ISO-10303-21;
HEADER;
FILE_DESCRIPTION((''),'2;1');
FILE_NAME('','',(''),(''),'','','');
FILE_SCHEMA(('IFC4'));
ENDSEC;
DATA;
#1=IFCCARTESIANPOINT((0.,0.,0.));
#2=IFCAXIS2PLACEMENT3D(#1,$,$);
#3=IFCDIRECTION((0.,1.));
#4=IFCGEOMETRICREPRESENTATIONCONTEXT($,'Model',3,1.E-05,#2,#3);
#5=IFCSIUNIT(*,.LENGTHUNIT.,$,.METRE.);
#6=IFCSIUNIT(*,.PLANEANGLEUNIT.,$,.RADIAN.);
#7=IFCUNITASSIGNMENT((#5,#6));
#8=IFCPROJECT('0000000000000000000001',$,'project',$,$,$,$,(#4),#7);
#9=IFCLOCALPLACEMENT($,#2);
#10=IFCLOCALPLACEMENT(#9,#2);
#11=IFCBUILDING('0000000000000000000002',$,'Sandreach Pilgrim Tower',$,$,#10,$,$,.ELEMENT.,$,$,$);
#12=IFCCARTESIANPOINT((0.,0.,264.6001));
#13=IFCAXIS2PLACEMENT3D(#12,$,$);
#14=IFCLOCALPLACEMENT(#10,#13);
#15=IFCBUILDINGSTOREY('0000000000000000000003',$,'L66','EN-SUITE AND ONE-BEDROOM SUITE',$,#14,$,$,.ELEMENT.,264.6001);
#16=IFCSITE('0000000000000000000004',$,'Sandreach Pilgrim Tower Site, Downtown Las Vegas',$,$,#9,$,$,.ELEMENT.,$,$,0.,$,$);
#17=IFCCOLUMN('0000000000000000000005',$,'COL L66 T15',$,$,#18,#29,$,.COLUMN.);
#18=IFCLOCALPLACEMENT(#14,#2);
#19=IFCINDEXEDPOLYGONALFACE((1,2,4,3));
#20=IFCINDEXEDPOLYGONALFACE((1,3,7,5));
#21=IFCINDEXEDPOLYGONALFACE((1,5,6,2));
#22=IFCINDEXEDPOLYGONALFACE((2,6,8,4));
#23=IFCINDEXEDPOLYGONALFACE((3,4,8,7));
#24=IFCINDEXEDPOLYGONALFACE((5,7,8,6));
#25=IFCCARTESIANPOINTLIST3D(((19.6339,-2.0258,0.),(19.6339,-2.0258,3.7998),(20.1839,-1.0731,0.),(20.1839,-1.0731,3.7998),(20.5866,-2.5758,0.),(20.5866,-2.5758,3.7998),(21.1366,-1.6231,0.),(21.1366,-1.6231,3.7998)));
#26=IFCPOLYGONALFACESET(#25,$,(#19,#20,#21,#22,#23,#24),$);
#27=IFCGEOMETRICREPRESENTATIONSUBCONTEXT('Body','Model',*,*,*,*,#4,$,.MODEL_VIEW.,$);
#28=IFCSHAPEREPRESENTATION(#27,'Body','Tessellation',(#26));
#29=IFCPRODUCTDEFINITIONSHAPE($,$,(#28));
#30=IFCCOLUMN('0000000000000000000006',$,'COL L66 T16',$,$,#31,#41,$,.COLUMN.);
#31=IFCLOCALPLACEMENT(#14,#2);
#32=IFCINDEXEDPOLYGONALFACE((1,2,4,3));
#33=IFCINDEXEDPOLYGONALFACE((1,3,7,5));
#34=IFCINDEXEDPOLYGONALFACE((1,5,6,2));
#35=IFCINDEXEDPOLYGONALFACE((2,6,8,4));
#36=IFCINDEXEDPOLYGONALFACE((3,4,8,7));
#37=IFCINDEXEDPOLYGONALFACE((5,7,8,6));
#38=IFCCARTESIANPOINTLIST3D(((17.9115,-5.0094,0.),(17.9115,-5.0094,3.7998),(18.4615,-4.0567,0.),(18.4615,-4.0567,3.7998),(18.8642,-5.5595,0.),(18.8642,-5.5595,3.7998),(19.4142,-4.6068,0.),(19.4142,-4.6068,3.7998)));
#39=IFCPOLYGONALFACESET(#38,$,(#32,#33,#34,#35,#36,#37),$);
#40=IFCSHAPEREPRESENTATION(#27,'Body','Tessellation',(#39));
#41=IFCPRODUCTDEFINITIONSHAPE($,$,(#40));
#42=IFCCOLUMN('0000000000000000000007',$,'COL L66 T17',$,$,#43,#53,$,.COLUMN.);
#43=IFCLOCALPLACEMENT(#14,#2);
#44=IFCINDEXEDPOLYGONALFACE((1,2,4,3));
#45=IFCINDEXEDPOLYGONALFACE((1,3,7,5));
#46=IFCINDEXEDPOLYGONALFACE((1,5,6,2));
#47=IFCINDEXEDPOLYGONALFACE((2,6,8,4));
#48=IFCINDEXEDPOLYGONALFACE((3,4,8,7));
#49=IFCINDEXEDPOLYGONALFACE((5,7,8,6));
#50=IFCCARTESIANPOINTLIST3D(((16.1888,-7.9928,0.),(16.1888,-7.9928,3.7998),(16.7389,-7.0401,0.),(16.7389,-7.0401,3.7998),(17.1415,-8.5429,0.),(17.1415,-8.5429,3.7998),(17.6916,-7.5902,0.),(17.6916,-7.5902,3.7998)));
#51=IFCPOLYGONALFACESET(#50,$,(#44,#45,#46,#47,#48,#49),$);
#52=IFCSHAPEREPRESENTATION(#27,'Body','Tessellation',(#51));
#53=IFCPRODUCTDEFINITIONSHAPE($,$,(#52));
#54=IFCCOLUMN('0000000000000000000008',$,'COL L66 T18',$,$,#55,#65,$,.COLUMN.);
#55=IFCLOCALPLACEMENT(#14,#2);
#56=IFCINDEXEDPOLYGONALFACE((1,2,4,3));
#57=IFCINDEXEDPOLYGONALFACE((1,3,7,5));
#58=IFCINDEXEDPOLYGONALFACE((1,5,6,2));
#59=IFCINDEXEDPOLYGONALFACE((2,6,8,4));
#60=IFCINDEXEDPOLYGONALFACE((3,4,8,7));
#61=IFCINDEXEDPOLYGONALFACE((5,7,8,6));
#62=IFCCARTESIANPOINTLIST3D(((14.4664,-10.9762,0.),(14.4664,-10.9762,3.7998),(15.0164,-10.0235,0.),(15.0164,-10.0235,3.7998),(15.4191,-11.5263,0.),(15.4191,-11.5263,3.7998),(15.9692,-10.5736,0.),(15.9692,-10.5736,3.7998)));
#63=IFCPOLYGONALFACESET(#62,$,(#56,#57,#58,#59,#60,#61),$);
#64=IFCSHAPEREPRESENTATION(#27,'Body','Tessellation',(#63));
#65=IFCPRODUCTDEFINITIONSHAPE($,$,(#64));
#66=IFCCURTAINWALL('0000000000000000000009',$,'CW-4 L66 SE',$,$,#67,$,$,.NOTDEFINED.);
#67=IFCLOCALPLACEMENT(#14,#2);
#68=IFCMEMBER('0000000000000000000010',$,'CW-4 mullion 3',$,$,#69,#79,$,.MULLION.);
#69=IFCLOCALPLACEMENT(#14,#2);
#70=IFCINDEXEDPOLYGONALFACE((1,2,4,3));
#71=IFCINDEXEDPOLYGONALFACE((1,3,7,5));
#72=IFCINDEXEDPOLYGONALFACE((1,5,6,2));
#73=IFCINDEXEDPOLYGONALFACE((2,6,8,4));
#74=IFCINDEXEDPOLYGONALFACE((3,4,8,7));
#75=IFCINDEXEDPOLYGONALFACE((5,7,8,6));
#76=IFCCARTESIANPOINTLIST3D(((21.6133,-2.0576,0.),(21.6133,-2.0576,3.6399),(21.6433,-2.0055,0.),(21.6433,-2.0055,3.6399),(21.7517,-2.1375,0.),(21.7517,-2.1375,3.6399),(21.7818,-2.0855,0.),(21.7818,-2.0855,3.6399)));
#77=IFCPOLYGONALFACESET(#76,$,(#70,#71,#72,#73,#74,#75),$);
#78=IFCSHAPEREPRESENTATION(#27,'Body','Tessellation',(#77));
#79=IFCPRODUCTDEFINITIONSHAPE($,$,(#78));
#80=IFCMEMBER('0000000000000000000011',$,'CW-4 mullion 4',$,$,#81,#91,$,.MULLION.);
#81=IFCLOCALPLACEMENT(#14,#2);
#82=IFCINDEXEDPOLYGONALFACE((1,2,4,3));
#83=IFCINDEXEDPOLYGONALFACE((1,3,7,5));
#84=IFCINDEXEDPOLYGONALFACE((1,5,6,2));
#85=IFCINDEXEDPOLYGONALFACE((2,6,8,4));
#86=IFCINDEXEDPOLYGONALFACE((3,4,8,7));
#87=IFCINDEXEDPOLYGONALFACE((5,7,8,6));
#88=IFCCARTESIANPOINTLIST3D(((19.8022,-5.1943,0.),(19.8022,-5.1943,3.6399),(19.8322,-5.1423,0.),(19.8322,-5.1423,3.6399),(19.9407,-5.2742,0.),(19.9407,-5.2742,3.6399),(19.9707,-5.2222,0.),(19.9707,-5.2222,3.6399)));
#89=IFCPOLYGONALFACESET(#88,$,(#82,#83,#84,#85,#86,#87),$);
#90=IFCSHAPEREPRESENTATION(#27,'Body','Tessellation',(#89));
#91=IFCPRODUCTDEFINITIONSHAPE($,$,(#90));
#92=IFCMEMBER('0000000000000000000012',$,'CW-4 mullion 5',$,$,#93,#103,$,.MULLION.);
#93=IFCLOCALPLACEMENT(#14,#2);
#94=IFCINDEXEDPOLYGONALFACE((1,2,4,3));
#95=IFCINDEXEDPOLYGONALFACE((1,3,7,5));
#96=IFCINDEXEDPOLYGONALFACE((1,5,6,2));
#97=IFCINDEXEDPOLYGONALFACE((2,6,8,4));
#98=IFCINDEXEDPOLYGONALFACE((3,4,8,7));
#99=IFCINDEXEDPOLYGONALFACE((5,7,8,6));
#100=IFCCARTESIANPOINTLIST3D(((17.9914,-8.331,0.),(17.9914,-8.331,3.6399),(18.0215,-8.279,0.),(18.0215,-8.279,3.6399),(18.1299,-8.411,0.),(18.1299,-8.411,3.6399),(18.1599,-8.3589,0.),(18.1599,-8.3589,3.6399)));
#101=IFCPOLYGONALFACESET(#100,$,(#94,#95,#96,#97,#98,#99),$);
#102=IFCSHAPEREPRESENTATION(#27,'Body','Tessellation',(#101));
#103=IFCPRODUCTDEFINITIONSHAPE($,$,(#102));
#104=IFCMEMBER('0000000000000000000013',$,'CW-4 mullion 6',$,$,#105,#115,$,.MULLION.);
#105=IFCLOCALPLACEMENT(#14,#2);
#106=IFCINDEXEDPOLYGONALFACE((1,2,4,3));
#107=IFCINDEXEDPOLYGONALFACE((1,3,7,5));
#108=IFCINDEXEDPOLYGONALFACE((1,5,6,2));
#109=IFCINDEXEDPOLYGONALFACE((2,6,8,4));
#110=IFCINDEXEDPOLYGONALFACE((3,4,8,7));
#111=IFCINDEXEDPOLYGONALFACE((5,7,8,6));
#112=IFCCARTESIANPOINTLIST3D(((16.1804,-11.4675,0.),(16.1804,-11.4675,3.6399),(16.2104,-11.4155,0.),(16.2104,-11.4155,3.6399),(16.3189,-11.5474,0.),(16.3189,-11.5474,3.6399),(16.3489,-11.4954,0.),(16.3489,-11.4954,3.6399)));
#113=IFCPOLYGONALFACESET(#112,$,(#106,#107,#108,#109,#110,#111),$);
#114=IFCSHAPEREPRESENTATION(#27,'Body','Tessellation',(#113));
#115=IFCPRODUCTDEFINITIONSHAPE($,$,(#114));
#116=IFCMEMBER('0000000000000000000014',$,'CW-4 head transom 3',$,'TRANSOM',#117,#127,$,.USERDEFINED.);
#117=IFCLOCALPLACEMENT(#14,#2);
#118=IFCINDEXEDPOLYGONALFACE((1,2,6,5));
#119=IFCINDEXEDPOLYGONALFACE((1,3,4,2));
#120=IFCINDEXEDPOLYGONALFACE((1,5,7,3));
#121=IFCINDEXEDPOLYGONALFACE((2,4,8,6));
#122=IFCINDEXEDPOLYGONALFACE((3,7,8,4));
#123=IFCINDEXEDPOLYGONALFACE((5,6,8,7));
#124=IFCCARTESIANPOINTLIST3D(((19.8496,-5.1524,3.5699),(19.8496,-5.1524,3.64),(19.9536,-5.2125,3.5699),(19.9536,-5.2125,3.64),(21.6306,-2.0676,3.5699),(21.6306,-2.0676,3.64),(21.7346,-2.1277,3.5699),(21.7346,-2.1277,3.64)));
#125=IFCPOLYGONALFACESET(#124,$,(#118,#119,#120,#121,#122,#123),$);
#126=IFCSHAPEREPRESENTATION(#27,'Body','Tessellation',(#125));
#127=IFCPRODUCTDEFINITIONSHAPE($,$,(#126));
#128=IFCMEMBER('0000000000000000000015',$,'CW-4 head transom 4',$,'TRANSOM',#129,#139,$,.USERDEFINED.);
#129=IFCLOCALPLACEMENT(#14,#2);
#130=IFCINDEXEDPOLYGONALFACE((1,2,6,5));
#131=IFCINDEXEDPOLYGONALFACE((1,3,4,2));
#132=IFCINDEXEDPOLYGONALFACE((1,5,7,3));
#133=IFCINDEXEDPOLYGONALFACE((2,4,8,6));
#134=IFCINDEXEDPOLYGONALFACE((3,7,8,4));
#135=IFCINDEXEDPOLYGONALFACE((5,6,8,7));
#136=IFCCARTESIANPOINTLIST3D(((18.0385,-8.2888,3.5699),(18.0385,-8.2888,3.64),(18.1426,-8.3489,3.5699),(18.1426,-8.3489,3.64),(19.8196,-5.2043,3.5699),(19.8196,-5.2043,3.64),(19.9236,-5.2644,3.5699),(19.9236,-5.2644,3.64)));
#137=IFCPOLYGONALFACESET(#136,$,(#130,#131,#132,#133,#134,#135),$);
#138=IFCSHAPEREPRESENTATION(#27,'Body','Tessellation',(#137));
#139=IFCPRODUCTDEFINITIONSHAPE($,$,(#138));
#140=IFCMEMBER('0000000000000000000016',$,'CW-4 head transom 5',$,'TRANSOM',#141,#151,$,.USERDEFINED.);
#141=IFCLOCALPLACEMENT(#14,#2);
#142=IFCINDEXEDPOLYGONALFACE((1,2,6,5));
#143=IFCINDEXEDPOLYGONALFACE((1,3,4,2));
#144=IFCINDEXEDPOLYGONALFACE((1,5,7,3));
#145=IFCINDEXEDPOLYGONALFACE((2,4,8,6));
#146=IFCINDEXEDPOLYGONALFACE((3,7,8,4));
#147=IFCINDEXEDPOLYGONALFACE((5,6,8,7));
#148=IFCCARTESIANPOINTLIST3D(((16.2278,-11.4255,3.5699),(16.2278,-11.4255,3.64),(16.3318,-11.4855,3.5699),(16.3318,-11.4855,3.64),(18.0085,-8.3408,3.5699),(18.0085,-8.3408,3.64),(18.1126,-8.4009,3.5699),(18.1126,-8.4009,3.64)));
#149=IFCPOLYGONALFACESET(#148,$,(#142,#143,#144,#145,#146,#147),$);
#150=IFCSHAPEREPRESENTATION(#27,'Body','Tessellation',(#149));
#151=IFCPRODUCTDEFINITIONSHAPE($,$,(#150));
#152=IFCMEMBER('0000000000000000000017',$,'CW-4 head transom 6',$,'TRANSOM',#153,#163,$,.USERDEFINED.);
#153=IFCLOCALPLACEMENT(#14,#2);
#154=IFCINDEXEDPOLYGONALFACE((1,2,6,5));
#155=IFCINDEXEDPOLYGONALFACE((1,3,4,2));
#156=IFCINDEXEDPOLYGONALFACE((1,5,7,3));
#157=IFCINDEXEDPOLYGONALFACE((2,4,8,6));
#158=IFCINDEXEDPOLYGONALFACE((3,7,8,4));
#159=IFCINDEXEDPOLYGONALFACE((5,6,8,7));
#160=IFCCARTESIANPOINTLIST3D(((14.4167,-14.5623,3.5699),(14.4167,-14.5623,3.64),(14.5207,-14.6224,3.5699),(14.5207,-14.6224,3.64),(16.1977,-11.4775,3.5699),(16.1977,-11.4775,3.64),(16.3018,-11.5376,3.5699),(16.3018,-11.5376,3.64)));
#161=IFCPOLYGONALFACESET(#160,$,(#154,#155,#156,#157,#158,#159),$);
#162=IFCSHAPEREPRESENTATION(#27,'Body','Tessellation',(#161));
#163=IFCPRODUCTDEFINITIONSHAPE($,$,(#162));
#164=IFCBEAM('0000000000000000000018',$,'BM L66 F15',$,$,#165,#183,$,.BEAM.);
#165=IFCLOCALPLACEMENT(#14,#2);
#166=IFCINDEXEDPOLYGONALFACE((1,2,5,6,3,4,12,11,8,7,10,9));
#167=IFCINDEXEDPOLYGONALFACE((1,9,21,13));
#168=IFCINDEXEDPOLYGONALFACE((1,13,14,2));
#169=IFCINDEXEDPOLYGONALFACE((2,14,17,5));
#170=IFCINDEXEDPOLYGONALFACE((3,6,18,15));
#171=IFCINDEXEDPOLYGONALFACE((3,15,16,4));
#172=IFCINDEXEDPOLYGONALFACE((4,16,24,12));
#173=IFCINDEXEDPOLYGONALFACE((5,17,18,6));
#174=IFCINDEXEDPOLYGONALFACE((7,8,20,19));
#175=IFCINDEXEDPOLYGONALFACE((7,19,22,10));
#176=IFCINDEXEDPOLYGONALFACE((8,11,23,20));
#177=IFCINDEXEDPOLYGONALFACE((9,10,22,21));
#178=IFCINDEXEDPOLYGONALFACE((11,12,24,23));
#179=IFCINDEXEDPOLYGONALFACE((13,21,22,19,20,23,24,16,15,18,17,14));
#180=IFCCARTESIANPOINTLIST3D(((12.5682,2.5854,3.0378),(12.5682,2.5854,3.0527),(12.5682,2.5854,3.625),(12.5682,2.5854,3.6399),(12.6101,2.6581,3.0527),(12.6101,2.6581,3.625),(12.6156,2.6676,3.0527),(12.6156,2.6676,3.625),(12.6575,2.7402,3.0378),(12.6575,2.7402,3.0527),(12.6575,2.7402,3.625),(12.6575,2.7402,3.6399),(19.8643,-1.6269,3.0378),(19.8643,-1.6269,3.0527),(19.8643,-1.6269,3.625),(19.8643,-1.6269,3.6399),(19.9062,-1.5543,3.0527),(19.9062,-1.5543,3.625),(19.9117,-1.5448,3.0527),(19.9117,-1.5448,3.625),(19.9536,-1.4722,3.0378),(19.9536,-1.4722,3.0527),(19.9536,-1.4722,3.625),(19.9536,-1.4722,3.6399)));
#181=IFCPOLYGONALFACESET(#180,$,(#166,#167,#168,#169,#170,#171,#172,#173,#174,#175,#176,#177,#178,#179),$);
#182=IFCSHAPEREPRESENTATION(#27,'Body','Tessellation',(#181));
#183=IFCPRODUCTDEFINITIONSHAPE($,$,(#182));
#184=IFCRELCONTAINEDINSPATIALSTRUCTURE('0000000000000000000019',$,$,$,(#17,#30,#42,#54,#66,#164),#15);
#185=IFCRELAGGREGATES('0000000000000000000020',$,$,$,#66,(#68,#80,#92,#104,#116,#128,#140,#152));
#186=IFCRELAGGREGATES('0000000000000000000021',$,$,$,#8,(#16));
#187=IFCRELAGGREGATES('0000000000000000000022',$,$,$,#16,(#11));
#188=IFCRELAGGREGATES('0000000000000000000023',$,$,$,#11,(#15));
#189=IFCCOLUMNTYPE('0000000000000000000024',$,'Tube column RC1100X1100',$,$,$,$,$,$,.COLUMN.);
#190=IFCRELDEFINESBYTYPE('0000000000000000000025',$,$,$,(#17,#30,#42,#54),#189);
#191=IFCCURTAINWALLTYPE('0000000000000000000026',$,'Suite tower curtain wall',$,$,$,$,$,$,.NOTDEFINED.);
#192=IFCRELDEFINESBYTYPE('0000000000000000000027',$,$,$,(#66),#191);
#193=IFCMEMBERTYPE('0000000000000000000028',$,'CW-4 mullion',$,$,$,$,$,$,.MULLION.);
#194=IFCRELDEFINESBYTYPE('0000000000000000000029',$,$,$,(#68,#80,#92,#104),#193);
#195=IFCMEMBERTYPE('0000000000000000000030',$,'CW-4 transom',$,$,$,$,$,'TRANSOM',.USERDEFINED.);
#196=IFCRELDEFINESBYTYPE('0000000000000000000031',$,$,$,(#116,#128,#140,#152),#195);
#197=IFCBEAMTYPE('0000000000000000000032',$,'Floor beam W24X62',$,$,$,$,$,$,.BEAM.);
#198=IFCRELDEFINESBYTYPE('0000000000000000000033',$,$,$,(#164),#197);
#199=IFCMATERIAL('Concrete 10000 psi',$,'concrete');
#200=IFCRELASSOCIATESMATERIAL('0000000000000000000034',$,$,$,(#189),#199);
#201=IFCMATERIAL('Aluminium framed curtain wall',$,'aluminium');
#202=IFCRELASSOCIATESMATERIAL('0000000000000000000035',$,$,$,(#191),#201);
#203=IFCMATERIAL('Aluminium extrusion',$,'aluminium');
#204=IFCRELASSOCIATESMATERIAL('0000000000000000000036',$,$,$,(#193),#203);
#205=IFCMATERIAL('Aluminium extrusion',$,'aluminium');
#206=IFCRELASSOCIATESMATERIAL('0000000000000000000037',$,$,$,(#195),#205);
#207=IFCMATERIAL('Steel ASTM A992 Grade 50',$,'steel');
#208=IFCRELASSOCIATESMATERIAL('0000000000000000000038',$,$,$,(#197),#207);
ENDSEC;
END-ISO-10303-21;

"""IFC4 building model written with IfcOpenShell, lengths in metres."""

from ifc_helpers import new_model, si_unit, direction, frame, origin, origin_2d, place, context, subcontext, project, spatial, rectangle, i_section, extrude, material, material_profile, profile_set, type_object, element, aggregate, save


model = new_model("IFC4")

# Units and contexts
model_context = context("Model", 3, precision=1e-05, world=origin(), true_north=direction((0.0, 1.0)))
body_context = subcontext(model_context, "Body", "Model", "MODEL_VIEW")
ifc_project = project(units=[si_unit("LENGTHUNIT", "METRE"), si_unit("PLANEANGLEUNIT", "RADIAN")], contexts=[model_context])

# Site, building, storey
site_placement = place(None, origin())
site = spatial("IfcSite", under=ifc_project, at=site_placement, Name="Sandreach Pilgrim Tower Site, Downtown Las Vegas", CompositionType="ELEMENT", RefElevation=0.0)
building_placement = place(site_placement, origin())
building = spatial("IfcBuilding", under=site, at=building_placement, Name="Sandreach Pilgrim Tower", CompositionType="ELEMENT")
storey_placement = place(building_placement, frame((0.0, 0.0, 264.6001)))
storey = spatial("IfcBuildingStorey", under=building, at=storey_placement, Name="L66", Description="EN-SUITE AND ONE-BEDROOM SUITE", CompositionType="ELEMENT", Elevation=264.6001)

# Columns
ifc_material_1 = material(Name="Concrete 10000 psi", Category="concrete")
ifc_material_profile_1 = material_profile(ifc_material_1, rectangle(XDim=1.1001, YDim=1.1001, at=origin_2d()), Name="RC1100X1100")
ifc_profile_set_1 = profile_set([ifc_material_profile_1], Name="Concrete 10000 psi")
column_type = type_object("IfcColumnType", Name="Tube column RC1100X1100", PredefinedType="COLUMN", material=ifc_profile_set_1)
for number, where, z_axis, x_axis, name in (
    (1, (20.3853, -1.8245, 0.0), (0.0, 0.0, 1.0), (0.866025, -0.5, 0.0), "COL L66 T15"),
    (2, (18.6628, -4.8081, 0.0), (0.0, 0.0, 1.0), (0.866025, -0.5, 0.0), "COL L66 T16"),
    (3, (16.9402, -7.7915, 0.0), (0.0, 0.0, 1.0), (0.866025, -0.5, 0.0), "COL L66 T17"),
    (4, (15.2178, -10.7749, 0.0), (0.0, 0.0, 1.0), (0.866025, -0.5, 0.0), "COL L66 T18"),
):
    element("IfcColumn", number, at=place(storey_placement, frame(where, z_axis=z_axis, x_axis=x_axis)), inside=storey, type_object=column_type, Name=name, PredefinedType="COLUMN", context=body_context, shape_type="SweptSolid", body=[
        extrude(rectangle(XDim=1.1001, YDim=1.1001, at=origin_2d()), origin(), (0.0, 0.0, 1.0), 3.7998),
    ])

# Curtain wall, members
ifc_material_2 = material(Name="Aluminium framed curtain wall", Category="aluminium")
curtain_wall_type = type_object("IfcCurtainWallType", Name="Suite tower curtain wall", PredefinedType="NOTDEFINED", material=ifc_material_2)
curtain_wall_placement = place(storey_placement, origin())
curtain_wall = element("IfcCurtainWall", 5, at=curtain_wall_placement, inside=storey, type_object=curtain_wall_type, Name="CW-4 L66 SE", PredefinedType="NOTDEFINED")
ifc_material_3 = material(Name="Aluminium extrusion", Category="aluminium")
ifc_material_profile_2 = material_profile(ifc_material_3, rectangle(XDim=0.0601, YDim=0.1599, at=origin_2d()), Name="CW-4M 60X160")
ifc_profile_set_2 = profile_set([ifc_material_profile_2], Name="Aluminium extrusion")
member_type_1 = type_object("IfcMemberType", Name="CW-4 mullion", PredefinedType="MULLION", material=ifc_profile_set_2)
member_1_placement = place(storey_placement, frame((21.6975, -2.0715, 0.0), z_axis=(0.0, 0.0, 1.0), x_axis=(-0.5, -0.866025, 0.0)))
member_1 = element("IfcMember", 6, at=member_1_placement, type_object=member_type_1, Name="CW-4 mullion 3", PredefinedType="MULLION", context=body_context, shape_type="SweptSolid", body=[
    extrude(rectangle(XDim=0.0601, YDim=0.1599, at=origin_2d()), origin(), (0.0, 0.0, 1.0), 3.6399),
])
member_2_placement = place(storey_placement, frame((19.8865, -5.2083, 0.0), z_axis=(0.0, 0.0, 1.0), x_axis=(-0.5, -0.866025, 0.0)))
member_2 = element("IfcMember", 7, at=member_2_placement, type_object=member_type_1, Name="CW-4 mullion 4", PredefinedType="MULLION", context=body_context, shape_type="SweptSolid", body=[
    extrude(rectangle(XDim=0.0601, YDim=0.1599, at=origin_2d()), origin(), (0.0, 0.0, 1.0), 3.6399),
])
member_3_placement = place(storey_placement, frame((18.0757, -8.345, 0.0), z_axis=(0.0, 0.0, 1.0), x_axis=(-0.5, -0.866025, 0.0)))
member_3 = element("IfcMember", 8, at=member_3_placement, type_object=member_type_1, Name="CW-4 mullion 5", PredefinedType="MULLION", context=body_context, shape_type="SweptSolid", body=[
    extrude(rectangle(XDim=0.0601, YDim=0.1599, at=origin_2d()), origin(), (0.0, 0.0, 1.0), 3.6399),
])
member_4_placement = place(storey_placement, frame((16.2646, -11.4814, 0.0), z_axis=(0.0, 0.0, 1.0), x_axis=(-0.5, -0.866025, 0.0)))
member_4 = element("IfcMember", 9, at=member_4_placement, type_object=member_type_1, Name="CW-4 mullion 6", PredefinedType="MULLION", context=body_context, shape_type="SweptSolid", body=[
    extrude(rectangle(XDim=0.0601, YDim=0.1599, at=origin_2d()), origin(), (0.0, 0.0, 1.0), 3.6399),
])
ifc_material_4 = material(Name="Aluminium extrusion", Category="aluminium")
ifc_material_profile_3 = material_profile(ifc_material_4, rectangle(XDim=0.1201, YDim=0.0701, at=origin_2d()), Name="CW-4T 120X70")
ifc_profile_set_3 = profile_set([ifc_material_profile_3], Name="Aluminium extrusion")
member_type_2 = type_object("IfcMemberType", Name="CW-4 transom", ElementType="TRANSOM", PredefinedType="USERDEFINED", material=ifc_profile_set_3)
member_5_placement = place(storey_placement, frame((21.6826, -2.0977, 3.605), z_axis=(-0.500009, -0.86602, 0.0), x_axis=(0.86602, -0.500009, 0.0)))
member_5 = element("IfcMember", 10, at=member_5_placement, type_object=member_type_2, Name="CW-4 head transom 3", ObjectType="TRANSOM", PredefinedType="USERDEFINED", context=body_context, shape_type="SweptSolid", body=[
    extrude(rectangle(XDim=0.1201, YDim=0.0701, at=origin_2d()), origin(), (0.0, 0.0, 1.0), 3.562),
])
member_6_placement = place(storey_placement, frame((19.8716, -5.2344, 3.605), z_axis=(-0.500039, -0.866003, 0.0), x_axis=(0.866003, -0.500039, 0.0)))
member_6 = element("IfcMember", 11, at=member_6_placement, type_object=member_type_2, Name="CW-4 head transom 4", ObjectType="TRANSOM", PredefinedType="USERDEFINED", context=body_context, shape_type="SweptSolid", body=[
    extrude(rectangle(XDim=0.1201, YDim=0.0701, at=origin_2d()), origin(), (0.0, 0.0, 1.0), 3.5618),
])
member_7_placement = place(storey_placement, frame((18.0605, -8.3708, 3.605), z_axis=(-0.499958, -0.86605, 0.0), x_axis=(0.86605, -0.499958, 0.0)))
member_7 = element("IfcMember", 12, at=member_7_placement, type_object=member_type_2, Name="CW-4 head transom 5", ObjectType="TRANSOM", PredefinedType="USERDEFINED", context=body_context, shape_type="SweptSolid", body=[
    extrude(rectangle(XDim=0.1201, YDim=0.0701, at=origin_2d()), origin(), (0.0, 0.0, 1.0), 3.5618),
])
member_8_placement = place(storey_placement, frame((16.2498, -11.5076, 3.605), z_axis=(-0.500009, -0.86602, 0.0), x_axis=(0.86602, -0.500009, 0.0)))
member_8 = element("IfcMember", 13, at=member_8_placement, type_object=member_type_2, Name="CW-4 head transom 6", ObjectType="TRANSOM", PredefinedType="USERDEFINED", context=body_context, shape_type="SweptSolid", body=[
    extrude(rectangle(XDim=0.1201, YDim=0.0701, at=origin_2d()), origin(), (0.0, 0.0, 1.0), 3.562),
])

# Beam
ifc_material_5 = material(Name="Steel ASTM A992 Grade 50", Category="steel")
ifc_material_profile_4 = material_profile(ifc_material_5, i_section(OverallWidth=0.1787, OverallDepth=0.6021, WebThickness=0.011, FlangeThickness=0.0149, at=origin_2d()), Name="W24X62")
ifc_profile_set_4 = profile_set([ifc_material_profile_4], Name="Steel ASTM A992 Grade 50")
beam_type_1 = type_object("IfcBeamType", Name="Floor beam W24X62", PredefinedType="BEAM", material=ifc_profile_set_4)
beam_1_placement = place(storey_placement, frame((19.9089, -1.5496, 3.3389), z_axis=(-0.866027, 0.499998, 0.0), x_axis=(-0.499998, -0.866027, 0.0)))
element("IfcBeam", 14, at=beam_1_placement, inside=storey, type_object=beam_type_1, Name="BM L66 F15", PredefinedType="BEAM", context=body_context, shape_type="SweptSolid", body=[
    extrude(i_section(OverallWidth=0.1787, OverallDepth=0.6021, WebThickness=0.011, FlangeThickness=0.0149, at=origin_2d()), origin(), (0.0, 0.0, 1.0), 8.4248),
])

aggregate(curtain_wall, [member_1, member_2, member_3, member_4, member_5, member_6, member_7, member_8])

save(model, "model.ifc")
